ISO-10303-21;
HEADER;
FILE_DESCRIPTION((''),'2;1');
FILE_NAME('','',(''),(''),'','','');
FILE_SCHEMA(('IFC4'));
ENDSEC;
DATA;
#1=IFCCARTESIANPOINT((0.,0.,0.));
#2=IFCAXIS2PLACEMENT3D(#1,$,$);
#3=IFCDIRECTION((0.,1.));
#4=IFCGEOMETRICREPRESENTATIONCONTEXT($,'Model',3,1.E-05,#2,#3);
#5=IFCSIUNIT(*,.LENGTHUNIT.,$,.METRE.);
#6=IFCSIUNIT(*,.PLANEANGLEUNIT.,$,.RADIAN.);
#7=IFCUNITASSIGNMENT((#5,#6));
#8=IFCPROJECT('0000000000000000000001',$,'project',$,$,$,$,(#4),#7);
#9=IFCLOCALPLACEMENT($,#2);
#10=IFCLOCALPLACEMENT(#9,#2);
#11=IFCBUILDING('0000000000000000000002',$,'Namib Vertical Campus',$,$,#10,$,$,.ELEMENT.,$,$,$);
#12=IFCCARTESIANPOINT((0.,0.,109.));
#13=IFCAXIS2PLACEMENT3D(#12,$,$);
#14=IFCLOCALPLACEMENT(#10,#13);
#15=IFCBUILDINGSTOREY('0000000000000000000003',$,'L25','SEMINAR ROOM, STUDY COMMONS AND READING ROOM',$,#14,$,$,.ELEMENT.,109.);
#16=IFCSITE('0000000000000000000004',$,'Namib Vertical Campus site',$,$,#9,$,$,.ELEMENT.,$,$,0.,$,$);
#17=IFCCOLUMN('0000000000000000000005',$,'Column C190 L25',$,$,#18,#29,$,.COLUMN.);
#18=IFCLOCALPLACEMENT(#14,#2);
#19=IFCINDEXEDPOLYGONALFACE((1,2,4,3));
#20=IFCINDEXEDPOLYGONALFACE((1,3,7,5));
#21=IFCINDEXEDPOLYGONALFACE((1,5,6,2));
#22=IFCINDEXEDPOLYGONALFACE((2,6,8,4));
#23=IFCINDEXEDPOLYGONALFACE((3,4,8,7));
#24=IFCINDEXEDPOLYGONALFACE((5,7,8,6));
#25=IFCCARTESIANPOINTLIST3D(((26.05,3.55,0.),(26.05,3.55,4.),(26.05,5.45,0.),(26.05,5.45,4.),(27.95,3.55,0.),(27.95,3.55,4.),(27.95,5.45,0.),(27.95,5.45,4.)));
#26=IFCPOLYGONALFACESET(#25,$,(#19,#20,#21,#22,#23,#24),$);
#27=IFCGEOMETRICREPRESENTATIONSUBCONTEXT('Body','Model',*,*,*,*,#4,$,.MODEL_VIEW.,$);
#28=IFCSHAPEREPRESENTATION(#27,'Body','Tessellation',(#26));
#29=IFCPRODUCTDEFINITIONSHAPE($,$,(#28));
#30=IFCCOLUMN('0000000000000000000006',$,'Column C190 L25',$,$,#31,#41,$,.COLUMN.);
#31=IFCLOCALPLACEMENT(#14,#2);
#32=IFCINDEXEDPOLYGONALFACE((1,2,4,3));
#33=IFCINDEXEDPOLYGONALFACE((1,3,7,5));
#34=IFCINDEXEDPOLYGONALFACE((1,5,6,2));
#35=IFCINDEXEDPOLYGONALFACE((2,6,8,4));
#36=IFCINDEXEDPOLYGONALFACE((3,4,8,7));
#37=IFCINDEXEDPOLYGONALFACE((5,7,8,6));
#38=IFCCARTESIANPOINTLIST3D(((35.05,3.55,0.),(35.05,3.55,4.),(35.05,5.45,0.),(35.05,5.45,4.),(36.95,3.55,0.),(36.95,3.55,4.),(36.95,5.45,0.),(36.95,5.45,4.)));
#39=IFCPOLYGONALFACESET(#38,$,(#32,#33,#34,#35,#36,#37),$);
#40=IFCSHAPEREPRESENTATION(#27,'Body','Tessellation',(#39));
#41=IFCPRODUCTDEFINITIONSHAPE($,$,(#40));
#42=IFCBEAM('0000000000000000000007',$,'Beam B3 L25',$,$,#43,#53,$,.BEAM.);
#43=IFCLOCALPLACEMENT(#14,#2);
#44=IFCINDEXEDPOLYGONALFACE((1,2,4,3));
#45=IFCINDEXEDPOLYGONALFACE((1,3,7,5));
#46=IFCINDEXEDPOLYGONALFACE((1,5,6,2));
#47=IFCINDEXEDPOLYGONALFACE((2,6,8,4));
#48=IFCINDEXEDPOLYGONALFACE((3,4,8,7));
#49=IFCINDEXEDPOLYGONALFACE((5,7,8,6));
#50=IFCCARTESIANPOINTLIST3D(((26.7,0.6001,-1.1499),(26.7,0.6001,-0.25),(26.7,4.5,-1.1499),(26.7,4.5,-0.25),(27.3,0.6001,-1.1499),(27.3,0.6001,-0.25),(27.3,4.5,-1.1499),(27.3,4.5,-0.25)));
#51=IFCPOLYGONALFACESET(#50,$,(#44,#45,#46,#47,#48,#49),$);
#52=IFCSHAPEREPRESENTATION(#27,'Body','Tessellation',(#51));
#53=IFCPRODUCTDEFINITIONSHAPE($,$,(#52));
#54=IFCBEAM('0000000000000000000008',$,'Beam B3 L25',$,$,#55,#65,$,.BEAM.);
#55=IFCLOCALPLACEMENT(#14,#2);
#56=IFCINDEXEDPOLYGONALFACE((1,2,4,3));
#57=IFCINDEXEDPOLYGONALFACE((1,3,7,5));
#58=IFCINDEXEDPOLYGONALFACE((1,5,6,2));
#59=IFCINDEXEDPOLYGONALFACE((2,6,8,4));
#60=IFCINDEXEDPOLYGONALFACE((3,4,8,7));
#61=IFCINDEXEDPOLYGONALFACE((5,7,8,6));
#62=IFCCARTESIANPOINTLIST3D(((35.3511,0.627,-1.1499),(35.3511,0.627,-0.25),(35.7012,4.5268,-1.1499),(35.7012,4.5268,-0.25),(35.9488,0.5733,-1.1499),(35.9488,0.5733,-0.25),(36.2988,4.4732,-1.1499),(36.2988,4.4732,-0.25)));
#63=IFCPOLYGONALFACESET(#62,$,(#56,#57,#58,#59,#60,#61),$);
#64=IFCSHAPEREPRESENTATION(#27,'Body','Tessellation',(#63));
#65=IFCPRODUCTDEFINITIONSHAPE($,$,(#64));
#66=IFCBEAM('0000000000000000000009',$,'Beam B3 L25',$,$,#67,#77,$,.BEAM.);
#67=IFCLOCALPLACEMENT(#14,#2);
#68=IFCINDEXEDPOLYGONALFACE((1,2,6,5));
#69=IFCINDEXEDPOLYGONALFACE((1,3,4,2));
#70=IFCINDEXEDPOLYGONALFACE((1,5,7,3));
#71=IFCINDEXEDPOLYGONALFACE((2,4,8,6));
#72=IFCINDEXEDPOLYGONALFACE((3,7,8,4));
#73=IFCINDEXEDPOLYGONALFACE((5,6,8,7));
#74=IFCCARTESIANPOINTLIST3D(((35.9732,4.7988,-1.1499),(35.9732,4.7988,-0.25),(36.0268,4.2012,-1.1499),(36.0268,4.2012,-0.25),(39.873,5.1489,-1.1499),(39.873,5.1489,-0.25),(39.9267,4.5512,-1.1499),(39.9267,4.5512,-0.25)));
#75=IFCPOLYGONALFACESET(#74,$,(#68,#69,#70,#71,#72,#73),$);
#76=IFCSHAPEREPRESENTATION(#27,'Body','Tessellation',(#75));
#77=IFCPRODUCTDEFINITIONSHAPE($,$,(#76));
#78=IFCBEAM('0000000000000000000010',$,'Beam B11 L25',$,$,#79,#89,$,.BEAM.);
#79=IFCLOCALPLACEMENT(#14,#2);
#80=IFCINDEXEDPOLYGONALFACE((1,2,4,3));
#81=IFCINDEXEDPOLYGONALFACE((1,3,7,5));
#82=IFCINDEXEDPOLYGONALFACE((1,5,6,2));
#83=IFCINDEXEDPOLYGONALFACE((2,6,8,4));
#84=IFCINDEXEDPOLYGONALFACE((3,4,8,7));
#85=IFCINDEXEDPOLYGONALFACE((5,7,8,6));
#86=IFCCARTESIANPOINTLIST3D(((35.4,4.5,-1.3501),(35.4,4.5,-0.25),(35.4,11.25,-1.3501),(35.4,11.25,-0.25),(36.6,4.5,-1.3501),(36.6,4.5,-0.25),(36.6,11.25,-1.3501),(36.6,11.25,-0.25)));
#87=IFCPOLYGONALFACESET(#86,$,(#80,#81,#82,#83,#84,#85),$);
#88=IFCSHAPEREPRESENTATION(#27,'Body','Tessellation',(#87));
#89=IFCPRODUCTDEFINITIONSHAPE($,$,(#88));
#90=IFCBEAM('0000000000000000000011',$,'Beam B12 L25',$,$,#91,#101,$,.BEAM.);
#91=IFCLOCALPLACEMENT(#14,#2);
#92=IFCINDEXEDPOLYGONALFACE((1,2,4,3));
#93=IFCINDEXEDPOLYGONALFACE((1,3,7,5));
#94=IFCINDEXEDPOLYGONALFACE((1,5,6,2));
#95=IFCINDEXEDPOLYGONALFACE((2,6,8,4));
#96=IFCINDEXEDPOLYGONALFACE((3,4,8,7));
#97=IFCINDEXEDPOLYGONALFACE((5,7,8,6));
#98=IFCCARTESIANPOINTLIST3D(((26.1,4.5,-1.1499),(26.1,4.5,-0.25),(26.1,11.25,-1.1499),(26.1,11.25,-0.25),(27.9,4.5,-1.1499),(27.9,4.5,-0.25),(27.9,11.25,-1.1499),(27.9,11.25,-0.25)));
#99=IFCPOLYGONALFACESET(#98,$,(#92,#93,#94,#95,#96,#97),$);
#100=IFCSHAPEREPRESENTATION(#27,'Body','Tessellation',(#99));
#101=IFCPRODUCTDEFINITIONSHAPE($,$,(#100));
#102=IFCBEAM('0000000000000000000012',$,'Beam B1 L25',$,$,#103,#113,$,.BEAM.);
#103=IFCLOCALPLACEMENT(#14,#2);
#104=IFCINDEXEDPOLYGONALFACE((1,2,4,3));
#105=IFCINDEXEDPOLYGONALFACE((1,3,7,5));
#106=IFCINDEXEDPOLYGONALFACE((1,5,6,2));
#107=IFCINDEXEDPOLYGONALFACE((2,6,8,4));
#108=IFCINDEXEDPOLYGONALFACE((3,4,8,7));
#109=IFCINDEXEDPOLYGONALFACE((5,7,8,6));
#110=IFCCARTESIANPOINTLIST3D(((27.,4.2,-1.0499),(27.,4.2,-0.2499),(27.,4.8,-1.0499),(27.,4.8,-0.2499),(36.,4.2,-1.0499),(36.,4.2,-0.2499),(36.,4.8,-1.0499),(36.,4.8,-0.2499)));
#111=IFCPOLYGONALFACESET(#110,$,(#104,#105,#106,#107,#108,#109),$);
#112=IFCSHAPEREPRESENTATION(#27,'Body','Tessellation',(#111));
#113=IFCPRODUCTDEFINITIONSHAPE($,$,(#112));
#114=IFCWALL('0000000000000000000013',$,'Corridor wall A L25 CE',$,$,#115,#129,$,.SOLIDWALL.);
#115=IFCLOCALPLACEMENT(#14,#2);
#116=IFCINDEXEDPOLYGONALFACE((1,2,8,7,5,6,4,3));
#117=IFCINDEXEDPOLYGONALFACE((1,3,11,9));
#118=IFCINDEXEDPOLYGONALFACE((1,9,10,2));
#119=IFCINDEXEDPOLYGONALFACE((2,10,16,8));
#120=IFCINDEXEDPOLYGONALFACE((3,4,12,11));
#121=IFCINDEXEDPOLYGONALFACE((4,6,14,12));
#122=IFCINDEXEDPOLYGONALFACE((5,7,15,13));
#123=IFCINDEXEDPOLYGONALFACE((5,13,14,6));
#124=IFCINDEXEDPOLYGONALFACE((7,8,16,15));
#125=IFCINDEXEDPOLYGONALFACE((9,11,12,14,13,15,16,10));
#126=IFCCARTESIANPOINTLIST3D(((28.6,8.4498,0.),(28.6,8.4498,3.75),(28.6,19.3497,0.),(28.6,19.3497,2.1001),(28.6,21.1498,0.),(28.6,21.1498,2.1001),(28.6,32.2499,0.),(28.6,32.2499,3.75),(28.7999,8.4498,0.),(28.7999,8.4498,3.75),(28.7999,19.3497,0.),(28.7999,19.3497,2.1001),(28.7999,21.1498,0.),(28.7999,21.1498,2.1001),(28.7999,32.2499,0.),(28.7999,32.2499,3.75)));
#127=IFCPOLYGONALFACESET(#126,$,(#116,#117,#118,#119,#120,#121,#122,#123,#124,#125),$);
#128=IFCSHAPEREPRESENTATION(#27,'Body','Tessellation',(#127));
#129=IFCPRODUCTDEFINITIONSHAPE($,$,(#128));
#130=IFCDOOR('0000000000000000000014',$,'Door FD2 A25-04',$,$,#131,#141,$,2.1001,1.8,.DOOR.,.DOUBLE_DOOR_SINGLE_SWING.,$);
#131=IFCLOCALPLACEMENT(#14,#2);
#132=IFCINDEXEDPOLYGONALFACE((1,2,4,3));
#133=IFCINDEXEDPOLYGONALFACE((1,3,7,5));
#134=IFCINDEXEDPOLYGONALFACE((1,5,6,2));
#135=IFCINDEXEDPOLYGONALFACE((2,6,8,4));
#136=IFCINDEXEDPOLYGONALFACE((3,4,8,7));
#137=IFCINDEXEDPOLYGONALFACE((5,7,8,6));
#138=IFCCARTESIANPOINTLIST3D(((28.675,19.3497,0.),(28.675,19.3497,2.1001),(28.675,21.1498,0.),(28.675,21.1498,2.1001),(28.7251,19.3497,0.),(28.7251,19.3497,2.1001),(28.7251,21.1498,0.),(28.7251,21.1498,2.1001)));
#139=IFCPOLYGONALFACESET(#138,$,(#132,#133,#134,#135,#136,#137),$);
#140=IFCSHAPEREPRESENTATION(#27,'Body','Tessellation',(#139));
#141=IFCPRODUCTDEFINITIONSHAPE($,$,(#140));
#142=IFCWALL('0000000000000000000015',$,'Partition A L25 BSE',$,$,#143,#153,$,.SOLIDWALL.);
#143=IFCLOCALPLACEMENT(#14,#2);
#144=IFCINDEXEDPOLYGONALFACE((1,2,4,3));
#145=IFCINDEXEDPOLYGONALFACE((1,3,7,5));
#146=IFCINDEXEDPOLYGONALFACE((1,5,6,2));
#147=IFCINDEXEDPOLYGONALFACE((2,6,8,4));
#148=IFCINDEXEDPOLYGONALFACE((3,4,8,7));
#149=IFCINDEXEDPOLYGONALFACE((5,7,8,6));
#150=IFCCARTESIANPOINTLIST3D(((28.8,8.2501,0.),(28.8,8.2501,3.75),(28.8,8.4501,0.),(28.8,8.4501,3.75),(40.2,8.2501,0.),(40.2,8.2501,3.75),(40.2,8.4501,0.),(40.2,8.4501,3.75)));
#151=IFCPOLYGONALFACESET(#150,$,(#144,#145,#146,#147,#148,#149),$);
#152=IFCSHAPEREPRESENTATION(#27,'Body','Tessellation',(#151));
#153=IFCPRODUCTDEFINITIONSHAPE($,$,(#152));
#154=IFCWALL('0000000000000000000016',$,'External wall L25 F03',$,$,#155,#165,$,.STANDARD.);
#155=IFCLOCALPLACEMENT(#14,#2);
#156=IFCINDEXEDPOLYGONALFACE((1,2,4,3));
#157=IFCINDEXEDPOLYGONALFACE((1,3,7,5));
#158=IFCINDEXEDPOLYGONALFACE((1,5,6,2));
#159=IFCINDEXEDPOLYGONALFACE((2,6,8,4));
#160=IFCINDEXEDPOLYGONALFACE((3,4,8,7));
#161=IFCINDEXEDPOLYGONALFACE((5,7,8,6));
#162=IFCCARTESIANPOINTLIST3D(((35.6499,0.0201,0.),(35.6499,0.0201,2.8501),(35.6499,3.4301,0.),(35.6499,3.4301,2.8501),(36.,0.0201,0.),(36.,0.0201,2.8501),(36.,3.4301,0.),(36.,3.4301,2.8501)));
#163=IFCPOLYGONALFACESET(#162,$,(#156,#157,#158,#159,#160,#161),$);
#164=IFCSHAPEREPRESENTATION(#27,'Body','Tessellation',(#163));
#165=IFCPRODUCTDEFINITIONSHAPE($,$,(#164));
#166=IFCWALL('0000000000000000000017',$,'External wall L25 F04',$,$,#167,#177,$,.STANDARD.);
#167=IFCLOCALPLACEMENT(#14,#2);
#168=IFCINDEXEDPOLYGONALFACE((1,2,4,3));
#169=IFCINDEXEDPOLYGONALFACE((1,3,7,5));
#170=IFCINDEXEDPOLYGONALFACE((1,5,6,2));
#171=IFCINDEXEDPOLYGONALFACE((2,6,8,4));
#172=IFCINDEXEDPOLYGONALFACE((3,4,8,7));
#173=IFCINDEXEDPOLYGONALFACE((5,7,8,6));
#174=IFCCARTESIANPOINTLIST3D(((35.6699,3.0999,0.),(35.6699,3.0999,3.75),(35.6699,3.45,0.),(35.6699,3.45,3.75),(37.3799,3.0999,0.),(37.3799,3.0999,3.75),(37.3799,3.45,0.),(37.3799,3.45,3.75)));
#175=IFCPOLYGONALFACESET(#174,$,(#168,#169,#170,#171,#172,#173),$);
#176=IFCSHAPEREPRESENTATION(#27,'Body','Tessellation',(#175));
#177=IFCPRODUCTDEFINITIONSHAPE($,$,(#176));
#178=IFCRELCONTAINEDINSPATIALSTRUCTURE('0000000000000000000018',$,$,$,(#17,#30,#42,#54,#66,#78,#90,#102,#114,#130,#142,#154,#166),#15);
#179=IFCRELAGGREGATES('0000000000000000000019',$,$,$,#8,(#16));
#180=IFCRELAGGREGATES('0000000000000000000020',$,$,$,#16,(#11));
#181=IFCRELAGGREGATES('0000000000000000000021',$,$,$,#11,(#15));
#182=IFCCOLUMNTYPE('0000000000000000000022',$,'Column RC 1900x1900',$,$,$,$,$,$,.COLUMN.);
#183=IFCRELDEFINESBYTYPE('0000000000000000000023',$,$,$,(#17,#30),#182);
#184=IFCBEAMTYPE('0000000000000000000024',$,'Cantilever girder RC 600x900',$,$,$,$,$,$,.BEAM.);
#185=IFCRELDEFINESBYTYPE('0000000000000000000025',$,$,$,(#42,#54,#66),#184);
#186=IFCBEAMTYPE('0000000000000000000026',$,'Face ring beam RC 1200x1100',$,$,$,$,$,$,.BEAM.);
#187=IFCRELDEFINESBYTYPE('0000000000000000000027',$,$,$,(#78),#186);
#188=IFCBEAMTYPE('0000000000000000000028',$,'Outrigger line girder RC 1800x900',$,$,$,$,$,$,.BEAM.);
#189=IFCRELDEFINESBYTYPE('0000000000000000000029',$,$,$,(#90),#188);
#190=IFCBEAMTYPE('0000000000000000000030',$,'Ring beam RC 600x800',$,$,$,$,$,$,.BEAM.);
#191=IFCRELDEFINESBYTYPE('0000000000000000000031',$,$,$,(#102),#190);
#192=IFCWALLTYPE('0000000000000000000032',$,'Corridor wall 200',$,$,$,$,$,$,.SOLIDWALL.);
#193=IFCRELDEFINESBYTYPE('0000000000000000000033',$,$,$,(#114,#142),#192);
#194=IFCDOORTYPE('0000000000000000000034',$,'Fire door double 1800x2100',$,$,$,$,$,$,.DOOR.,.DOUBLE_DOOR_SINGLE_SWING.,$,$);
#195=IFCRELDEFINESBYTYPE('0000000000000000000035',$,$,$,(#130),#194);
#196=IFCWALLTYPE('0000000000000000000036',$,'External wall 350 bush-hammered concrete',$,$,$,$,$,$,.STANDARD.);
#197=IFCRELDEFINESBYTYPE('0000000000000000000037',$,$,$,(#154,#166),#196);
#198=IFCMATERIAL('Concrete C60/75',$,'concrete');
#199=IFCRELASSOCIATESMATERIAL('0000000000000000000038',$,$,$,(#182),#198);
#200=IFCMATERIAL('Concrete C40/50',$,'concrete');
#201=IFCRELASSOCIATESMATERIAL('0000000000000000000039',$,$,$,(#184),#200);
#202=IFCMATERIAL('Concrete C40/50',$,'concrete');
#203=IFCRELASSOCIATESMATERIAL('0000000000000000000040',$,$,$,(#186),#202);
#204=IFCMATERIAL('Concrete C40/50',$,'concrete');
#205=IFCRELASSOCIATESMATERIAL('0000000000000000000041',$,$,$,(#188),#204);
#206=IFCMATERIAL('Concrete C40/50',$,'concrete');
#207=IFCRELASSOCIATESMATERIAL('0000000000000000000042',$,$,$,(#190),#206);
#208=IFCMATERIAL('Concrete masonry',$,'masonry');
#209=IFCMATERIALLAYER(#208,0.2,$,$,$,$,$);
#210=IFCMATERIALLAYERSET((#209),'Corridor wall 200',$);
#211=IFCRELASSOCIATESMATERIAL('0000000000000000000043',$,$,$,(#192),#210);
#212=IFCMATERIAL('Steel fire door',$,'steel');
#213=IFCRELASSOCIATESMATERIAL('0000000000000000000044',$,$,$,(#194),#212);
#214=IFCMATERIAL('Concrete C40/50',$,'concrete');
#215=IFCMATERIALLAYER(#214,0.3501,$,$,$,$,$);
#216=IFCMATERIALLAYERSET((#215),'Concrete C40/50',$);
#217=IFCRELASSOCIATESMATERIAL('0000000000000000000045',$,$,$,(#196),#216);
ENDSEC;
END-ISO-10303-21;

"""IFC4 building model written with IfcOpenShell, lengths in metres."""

from ifc_helpers import new_model, si_unit, direction, frame, frame_2d, origin, origin_2d, place, context, subcontext, project, spatial, rectangle, extrude, material, layer, layer_set, material_profile, profile_set, type_object, element, fill, save


model = new_model("IFC4")

# Units and contexts
model_context = context("Model", 3, precision=1e-05, world=origin(), true_north=direction((0.0, 1.0)))
body_context = subcontext(model_context, "Body", "Model", "MODEL_VIEW")
ifc_project = project(units=[si_unit("LENGTHUNIT", "METRE"), si_unit("PLANEANGLEUNIT", "RADIAN")], contexts=[model_context])

# Site, building, storey
site_placement = place(None, origin())
site = spatial("IfcSite", under=ifc_project, at=site_placement, Name="Namib Vertical Campus site", CompositionType="ELEMENT", RefElevation=0.0)
building_placement = place(site_placement, origin())
building = spatial("IfcBuilding", under=site, at=building_placement, Name="Namib Vertical Campus", CompositionType="ELEMENT")
storey_placement = place(building_placement, frame((0.0, 0.0, 109.0)))
storey = spatial("IfcBuildingStorey", under=building, at=storey_placement, Name="L25", Description="SEMINAR ROOM, STUDY COMMONS AND READING ROOM", CompositionType="ELEMENT", Elevation=109.0)

# Columns
ifc_material_1 = material(Name="Concrete C60/75", Category="concrete")
ifc_material_profile_1 = material_profile(ifc_material_1, rectangle(XDim=1.8999, YDim=1.8999, at=origin_2d()))
ifc_profile_set_1 = profile_set([ifc_material_profile_1], Name="Concrete C60/75")
column_type = type_object("IfcColumnType", Name="Column RC 1900x1900", PredefinedType="COLUMN", material=ifc_profile_set_1)
for number, where, z_axis, x_axis, name in (
    (1, (27.0, 4.5, 0.0), (0.0, 0.0, 1.0), (1.0, 0.0, 0.0), "Column C190 L25"),
    (2, (36.0, 4.5, 0.0), (0.0, 0.0, 1.0), (1.0, 0.0, 0.0), "Column C190 L25"),
):
    element("IfcColumn", number, at=place(storey_placement, frame(where, z_axis=z_axis, x_axis=x_axis)), inside=storey, type_object=column_type, Name=name, PredefinedType="COLUMN", context=body_context, shape_type="SweptSolid", body=[
        extrude(rectangle(XDim=1.8999, YDim=1.8999, at=origin_2d()), origin(), (0.0, 0.0, 1.0), 4.0),
    ])

# Beams
ifc_material_2 = material(Name="Concrete C40/50", Category="concrete")
ifc_material_profile_2 = material_profile(ifc_material_2, rectangle(XDim=0.6001, YDim=0.8999, at=origin_2d()))
ifc_profile_set_2 = profile_set([ifc_material_profile_2], Name="Concrete C40/50")
beam_type_1 = type_object("IfcBeamType", Name="Cantilever girder RC 600x900", PredefinedType="BEAM", material=ifc_profile_set_2)
beam_1_placement = place(storey_placement, frame((27.0, 4.5, -0.7), z_axis=(0.0, -1.0, 0.0), x_axis=(1.0, 0.0, 0.0)))
element("IfcBeam", 3, at=beam_1_placement, inside=storey, type_object=beam_type_1, Name="Beam B3 L25", PredefinedType="BEAM", context=body_context, shape_type="SweptSolid", body=[
    extrude(rectangle(XDim=0.6001, YDim=0.8999, at=origin_2d()), origin(), (0.0, 0.0, 1.0), 3.8999),
])
for number, where, z_axis, x_axis, name in (
    (4, (36.0, 4.5, -0.7), (-0.089411, -0.995995, 0.0), (0.995995, -0.089411, 0.0), "Beam B3 L25"),
    (5, (36.0, 4.5, -0.7), (0.995995, 0.089411, 0.0), (-0.089411, 0.995995, 0.0), "Beam B3 L25"),
):
    element("IfcBeam", number, at=place(storey_placement, frame(where, z_axis=z_axis, x_axis=x_axis)), inside=storey, type_object=beam_type_1, Name=name, PredefinedType="BEAM", context=body_context, shape_type="SweptSolid", body=[
        extrude(rectangle(XDim=0.6001, YDim=0.8999, at=origin_2d()), origin(), (0.0, 0.0, 1.0), 3.9155),
    ])
ifc_material_3 = material(Name="Concrete C40/50", Category="concrete")
ifc_material_profile_3 = material_profile(ifc_material_3, rectangle(XDim=1.2, YDim=1.1001, at=origin_2d()))
ifc_profile_set_3 = profile_set([ifc_material_profile_3], Name="Concrete C40/50")
beam_type_2 = type_object("IfcBeamType", Name="Face ring beam RC 1200x1100", PredefinedType="BEAM", material=ifc_profile_set_3)
beam_2_placement = place(storey_placement, frame((36.0, 4.5, -0.8), z_axis=(0.0, 1.0, 0.0), x_axis=(-1.0, 0.0, 0.0)))
element("IfcBeam", 6, at=beam_2_placement, inside=storey, type_object=beam_type_2, Name="Beam B11 L25", PredefinedType="BEAM", context=body_context, shape_type="SweptSolid", body=[
    extrude(rectangle(XDim=1.2, YDim=1.1001, at=origin_2d()), origin(), (0.0, 0.0, 1.0), 6.75),
])
ifc_material_4 = material(Name="Concrete C40/50", Category="concrete")
ifc_material_profile_4 = material_profile(ifc_material_4, rectangle(XDim=1.8, YDim=0.8999, at=origin_2d()))
ifc_profile_set_4 = profile_set([ifc_material_profile_4], Name="Concrete C40/50")
beam_type_3 = type_object("IfcBeamType", Name="Outrigger line girder RC 1800x900", PredefinedType="BEAM", material=ifc_profile_set_4)
beam_3_placement = place(storey_placement, frame((27.0, 4.5, -0.7), z_axis=(0.0, 1.0, 0.0), x_axis=(-1.0, 0.0, 0.0)))
element("IfcBeam", 7, at=beam_3_placement, inside=storey, type_object=beam_type_3, Name="Beam B12 L25", PredefinedType="BEAM", context=body_context, shape_type="SweptSolid", body=[
    extrude(rectangle(XDim=1.8, YDim=0.8999, at=origin_2d()), origin(), (0.0, 0.0, 1.0), 6.75),
])
ifc_material_5 = material(Name="Concrete C40/50", Category="concrete")
ifc_material_profile_5 = material_profile(ifc_material_5, rectangle(XDim=0.6001, YDim=0.8, at=origin_2d()))
ifc_profile_set_5 = profile_set([ifc_material_profile_5], Name="Concrete C40/50")
beam_type_4 = type_object("IfcBeamType", Name="Ring beam RC 600x800", PredefinedType="BEAM", material=ifc_profile_set_5)
beam_4_placement = place(storey_placement, frame((27.0, 4.5, -0.6499), z_axis=(1.0, 0.0, 0.0), x_axis=(0.0, 1.0, 0.0)))
element("IfcBeam", 8, at=beam_4_placement, inside=storey, type_object=beam_type_4, Name="Beam B1 L25", PredefinedType="BEAM", context=body_context, shape_type="SweptSolid", body=[
    extrude(rectangle(XDim=0.6001, YDim=0.8, at=origin_2d()), origin(), (0.0, 0.0, 1.0), 9.0),
])

# Wall, opening, door
ifc_material_6 = material(Name="Concrete masonry", Category="masonry")
ifc_layer_1 = layer(ifc_material_6, 0.2)
ifc_layer_set_1 = layer_set([ifc_layer_1], Name="Corridor wall 200")
wall_type_1 = type_object("IfcWallType", Name="Corridor wall 200", PredefinedType="SOLIDWALL", material=ifc_layer_set_1)
wall_1_placement = place(storey_placement, frame((28.7, 8.45, 0.0), z_axis=(0.0, 0.0, 1.0), x_axis=(0.0, 1.0, 0.0)))
wall_1 = element("IfcWall", 9, at=wall_1_placement, inside=storey, type_object=wall_type_1, Name="Corridor wall A L25 CE", PredefinedType="SOLIDWALL", context=body_context, shape_type="SweptSolid", body=[
    extrude(rectangle(XDim=23.8, YDim=0.2, at=frame_2d((11.8999, 0.0))), origin(), (0.0, 0.0, 1.0), 3.75),
])
opening_placement = place(wall_1_placement, frame((10.8999, 0.0, 0.0)))
opening = element("IfcOpeningElement", 10, at=opening_placement, cuts=wall_1, PredefinedType="OPENING", context=body_context, shape_type="SweptSolid", body=[
    extrude(rectangle(XDim=1.8, YDim=2.1001, at=frame_2d((0.8999, 1.05))), frame((0.0, 0.1099, 0.0), z_axis=(0.0, -1.0, 0.0), x_axis=(1.0, 0.0, 0.0)), (0.0, 0.0, 1.0), 0.22),
])
ifc_material_7 = material(Name="Steel fire door", Category="steel")
door_type = type_object("IfcDoorType", Name="Fire door double 1800x2100", OperationType="DOUBLE_DOOR_SINGLE_SWING", PredefinedType="DOOR", material=ifc_material_7)
door_placement = place(opening_placement, origin())
door = element("IfcDoor", 11, at=door_placement, inside=storey, type_object=door_type, Name="Door FD2 A25-04", OperationType="DOUBLE_DOOR_SINGLE_SWING", OverallHeight=2.1001, OverallWidth=1.8, PredefinedType="DOOR", context=body_context, shape_type="SweptSolid", body=[
    extrude(rectangle(XDim=1.8, YDim=2.1001, at=frame_2d((0.8999, 1.05))), frame((0.0, 0.0249, 0.0), z_axis=(0.0, -1.0, 0.0), x_axis=(1.0, 0.0, 0.0)), (0.0, 0.0, 1.0), 0.05),
])
fill(opening, door)

# Walls
wall_2_placement = place(storey_placement, frame((28.8, 8.3501, 0.0), z_axis=(0.0, 0.0, 1.0), x_axis=(1.0, 0.0, 0.0)))
element("IfcWall", 12, at=wall_2_placement, inside=storey, type_object=wall_type_1, Name="Partition A L25 BSE", PredefinedType="SOLIDWALL", context=body_context, shape_type="SweptSolid", body=[
    extrude(rectangle(XDim=11.3999, YDim=0.2, at=frame_2d((5.7, 0.0))), origin(), (0.0, 0.0, 1.0), 3.75),
])
ifc_material_8 = material(Name="Concrete C40/50", Category="concrete")
ifc_layer_2 = layer(ifc_material_8, 0.3501)
ifc_layer_set_2 = layer_set([ifc_layer_2], Name="Concrete C40/50")
wall_type_2 = type_object("IfcWallType", Name="External wall 350 bush-hammered concrete", PredefinedType="STANDARD", material=ifc_layer_set_2)
wall_3_placement = place(storey_placement, frame((35.825, 0.02, 0.0), z_axis=(0.0, 0.0, 1.0), x_axis=(0.0, 1.0, 0.0)))
element("IfcWall", 13, at=wall_3_placement, inside=storey, type_object=wall_type_2, Name="External wall L25 F03", PredefinedType="STANDARD", context=body_context, shape_type="SweptSolid", body=[
    extrude(rectangle(XDim=3.4099, YDim=0.3501, at=frame_2d((1.7051, 0.0))), origin(), (0.0, 0.0, 1.0), 2.8501),
])
wall_4_placement = place(storey_placement, frame((35.6699, 3.2749, 0.0), z_axis=(0.0, 0.0, 1.0), x_axis=(1.0, 0.0, 0.0)))
element("IfcWall", 14, at=wall_4_placement, inside=storey, type_object=wall_type_2, Name="External wall L25 F04", PredefinedType="STANDARD", context=body_context, shape_type="SweptSolid", body=[
    extrude(rectangle(XDim=1.71, YDim=0.3501, at=frame_2d((0.855, 0.0))), origin(), (0.0, 0.0, 1.0), 3.75),
])

save(model, "model.ifc")
